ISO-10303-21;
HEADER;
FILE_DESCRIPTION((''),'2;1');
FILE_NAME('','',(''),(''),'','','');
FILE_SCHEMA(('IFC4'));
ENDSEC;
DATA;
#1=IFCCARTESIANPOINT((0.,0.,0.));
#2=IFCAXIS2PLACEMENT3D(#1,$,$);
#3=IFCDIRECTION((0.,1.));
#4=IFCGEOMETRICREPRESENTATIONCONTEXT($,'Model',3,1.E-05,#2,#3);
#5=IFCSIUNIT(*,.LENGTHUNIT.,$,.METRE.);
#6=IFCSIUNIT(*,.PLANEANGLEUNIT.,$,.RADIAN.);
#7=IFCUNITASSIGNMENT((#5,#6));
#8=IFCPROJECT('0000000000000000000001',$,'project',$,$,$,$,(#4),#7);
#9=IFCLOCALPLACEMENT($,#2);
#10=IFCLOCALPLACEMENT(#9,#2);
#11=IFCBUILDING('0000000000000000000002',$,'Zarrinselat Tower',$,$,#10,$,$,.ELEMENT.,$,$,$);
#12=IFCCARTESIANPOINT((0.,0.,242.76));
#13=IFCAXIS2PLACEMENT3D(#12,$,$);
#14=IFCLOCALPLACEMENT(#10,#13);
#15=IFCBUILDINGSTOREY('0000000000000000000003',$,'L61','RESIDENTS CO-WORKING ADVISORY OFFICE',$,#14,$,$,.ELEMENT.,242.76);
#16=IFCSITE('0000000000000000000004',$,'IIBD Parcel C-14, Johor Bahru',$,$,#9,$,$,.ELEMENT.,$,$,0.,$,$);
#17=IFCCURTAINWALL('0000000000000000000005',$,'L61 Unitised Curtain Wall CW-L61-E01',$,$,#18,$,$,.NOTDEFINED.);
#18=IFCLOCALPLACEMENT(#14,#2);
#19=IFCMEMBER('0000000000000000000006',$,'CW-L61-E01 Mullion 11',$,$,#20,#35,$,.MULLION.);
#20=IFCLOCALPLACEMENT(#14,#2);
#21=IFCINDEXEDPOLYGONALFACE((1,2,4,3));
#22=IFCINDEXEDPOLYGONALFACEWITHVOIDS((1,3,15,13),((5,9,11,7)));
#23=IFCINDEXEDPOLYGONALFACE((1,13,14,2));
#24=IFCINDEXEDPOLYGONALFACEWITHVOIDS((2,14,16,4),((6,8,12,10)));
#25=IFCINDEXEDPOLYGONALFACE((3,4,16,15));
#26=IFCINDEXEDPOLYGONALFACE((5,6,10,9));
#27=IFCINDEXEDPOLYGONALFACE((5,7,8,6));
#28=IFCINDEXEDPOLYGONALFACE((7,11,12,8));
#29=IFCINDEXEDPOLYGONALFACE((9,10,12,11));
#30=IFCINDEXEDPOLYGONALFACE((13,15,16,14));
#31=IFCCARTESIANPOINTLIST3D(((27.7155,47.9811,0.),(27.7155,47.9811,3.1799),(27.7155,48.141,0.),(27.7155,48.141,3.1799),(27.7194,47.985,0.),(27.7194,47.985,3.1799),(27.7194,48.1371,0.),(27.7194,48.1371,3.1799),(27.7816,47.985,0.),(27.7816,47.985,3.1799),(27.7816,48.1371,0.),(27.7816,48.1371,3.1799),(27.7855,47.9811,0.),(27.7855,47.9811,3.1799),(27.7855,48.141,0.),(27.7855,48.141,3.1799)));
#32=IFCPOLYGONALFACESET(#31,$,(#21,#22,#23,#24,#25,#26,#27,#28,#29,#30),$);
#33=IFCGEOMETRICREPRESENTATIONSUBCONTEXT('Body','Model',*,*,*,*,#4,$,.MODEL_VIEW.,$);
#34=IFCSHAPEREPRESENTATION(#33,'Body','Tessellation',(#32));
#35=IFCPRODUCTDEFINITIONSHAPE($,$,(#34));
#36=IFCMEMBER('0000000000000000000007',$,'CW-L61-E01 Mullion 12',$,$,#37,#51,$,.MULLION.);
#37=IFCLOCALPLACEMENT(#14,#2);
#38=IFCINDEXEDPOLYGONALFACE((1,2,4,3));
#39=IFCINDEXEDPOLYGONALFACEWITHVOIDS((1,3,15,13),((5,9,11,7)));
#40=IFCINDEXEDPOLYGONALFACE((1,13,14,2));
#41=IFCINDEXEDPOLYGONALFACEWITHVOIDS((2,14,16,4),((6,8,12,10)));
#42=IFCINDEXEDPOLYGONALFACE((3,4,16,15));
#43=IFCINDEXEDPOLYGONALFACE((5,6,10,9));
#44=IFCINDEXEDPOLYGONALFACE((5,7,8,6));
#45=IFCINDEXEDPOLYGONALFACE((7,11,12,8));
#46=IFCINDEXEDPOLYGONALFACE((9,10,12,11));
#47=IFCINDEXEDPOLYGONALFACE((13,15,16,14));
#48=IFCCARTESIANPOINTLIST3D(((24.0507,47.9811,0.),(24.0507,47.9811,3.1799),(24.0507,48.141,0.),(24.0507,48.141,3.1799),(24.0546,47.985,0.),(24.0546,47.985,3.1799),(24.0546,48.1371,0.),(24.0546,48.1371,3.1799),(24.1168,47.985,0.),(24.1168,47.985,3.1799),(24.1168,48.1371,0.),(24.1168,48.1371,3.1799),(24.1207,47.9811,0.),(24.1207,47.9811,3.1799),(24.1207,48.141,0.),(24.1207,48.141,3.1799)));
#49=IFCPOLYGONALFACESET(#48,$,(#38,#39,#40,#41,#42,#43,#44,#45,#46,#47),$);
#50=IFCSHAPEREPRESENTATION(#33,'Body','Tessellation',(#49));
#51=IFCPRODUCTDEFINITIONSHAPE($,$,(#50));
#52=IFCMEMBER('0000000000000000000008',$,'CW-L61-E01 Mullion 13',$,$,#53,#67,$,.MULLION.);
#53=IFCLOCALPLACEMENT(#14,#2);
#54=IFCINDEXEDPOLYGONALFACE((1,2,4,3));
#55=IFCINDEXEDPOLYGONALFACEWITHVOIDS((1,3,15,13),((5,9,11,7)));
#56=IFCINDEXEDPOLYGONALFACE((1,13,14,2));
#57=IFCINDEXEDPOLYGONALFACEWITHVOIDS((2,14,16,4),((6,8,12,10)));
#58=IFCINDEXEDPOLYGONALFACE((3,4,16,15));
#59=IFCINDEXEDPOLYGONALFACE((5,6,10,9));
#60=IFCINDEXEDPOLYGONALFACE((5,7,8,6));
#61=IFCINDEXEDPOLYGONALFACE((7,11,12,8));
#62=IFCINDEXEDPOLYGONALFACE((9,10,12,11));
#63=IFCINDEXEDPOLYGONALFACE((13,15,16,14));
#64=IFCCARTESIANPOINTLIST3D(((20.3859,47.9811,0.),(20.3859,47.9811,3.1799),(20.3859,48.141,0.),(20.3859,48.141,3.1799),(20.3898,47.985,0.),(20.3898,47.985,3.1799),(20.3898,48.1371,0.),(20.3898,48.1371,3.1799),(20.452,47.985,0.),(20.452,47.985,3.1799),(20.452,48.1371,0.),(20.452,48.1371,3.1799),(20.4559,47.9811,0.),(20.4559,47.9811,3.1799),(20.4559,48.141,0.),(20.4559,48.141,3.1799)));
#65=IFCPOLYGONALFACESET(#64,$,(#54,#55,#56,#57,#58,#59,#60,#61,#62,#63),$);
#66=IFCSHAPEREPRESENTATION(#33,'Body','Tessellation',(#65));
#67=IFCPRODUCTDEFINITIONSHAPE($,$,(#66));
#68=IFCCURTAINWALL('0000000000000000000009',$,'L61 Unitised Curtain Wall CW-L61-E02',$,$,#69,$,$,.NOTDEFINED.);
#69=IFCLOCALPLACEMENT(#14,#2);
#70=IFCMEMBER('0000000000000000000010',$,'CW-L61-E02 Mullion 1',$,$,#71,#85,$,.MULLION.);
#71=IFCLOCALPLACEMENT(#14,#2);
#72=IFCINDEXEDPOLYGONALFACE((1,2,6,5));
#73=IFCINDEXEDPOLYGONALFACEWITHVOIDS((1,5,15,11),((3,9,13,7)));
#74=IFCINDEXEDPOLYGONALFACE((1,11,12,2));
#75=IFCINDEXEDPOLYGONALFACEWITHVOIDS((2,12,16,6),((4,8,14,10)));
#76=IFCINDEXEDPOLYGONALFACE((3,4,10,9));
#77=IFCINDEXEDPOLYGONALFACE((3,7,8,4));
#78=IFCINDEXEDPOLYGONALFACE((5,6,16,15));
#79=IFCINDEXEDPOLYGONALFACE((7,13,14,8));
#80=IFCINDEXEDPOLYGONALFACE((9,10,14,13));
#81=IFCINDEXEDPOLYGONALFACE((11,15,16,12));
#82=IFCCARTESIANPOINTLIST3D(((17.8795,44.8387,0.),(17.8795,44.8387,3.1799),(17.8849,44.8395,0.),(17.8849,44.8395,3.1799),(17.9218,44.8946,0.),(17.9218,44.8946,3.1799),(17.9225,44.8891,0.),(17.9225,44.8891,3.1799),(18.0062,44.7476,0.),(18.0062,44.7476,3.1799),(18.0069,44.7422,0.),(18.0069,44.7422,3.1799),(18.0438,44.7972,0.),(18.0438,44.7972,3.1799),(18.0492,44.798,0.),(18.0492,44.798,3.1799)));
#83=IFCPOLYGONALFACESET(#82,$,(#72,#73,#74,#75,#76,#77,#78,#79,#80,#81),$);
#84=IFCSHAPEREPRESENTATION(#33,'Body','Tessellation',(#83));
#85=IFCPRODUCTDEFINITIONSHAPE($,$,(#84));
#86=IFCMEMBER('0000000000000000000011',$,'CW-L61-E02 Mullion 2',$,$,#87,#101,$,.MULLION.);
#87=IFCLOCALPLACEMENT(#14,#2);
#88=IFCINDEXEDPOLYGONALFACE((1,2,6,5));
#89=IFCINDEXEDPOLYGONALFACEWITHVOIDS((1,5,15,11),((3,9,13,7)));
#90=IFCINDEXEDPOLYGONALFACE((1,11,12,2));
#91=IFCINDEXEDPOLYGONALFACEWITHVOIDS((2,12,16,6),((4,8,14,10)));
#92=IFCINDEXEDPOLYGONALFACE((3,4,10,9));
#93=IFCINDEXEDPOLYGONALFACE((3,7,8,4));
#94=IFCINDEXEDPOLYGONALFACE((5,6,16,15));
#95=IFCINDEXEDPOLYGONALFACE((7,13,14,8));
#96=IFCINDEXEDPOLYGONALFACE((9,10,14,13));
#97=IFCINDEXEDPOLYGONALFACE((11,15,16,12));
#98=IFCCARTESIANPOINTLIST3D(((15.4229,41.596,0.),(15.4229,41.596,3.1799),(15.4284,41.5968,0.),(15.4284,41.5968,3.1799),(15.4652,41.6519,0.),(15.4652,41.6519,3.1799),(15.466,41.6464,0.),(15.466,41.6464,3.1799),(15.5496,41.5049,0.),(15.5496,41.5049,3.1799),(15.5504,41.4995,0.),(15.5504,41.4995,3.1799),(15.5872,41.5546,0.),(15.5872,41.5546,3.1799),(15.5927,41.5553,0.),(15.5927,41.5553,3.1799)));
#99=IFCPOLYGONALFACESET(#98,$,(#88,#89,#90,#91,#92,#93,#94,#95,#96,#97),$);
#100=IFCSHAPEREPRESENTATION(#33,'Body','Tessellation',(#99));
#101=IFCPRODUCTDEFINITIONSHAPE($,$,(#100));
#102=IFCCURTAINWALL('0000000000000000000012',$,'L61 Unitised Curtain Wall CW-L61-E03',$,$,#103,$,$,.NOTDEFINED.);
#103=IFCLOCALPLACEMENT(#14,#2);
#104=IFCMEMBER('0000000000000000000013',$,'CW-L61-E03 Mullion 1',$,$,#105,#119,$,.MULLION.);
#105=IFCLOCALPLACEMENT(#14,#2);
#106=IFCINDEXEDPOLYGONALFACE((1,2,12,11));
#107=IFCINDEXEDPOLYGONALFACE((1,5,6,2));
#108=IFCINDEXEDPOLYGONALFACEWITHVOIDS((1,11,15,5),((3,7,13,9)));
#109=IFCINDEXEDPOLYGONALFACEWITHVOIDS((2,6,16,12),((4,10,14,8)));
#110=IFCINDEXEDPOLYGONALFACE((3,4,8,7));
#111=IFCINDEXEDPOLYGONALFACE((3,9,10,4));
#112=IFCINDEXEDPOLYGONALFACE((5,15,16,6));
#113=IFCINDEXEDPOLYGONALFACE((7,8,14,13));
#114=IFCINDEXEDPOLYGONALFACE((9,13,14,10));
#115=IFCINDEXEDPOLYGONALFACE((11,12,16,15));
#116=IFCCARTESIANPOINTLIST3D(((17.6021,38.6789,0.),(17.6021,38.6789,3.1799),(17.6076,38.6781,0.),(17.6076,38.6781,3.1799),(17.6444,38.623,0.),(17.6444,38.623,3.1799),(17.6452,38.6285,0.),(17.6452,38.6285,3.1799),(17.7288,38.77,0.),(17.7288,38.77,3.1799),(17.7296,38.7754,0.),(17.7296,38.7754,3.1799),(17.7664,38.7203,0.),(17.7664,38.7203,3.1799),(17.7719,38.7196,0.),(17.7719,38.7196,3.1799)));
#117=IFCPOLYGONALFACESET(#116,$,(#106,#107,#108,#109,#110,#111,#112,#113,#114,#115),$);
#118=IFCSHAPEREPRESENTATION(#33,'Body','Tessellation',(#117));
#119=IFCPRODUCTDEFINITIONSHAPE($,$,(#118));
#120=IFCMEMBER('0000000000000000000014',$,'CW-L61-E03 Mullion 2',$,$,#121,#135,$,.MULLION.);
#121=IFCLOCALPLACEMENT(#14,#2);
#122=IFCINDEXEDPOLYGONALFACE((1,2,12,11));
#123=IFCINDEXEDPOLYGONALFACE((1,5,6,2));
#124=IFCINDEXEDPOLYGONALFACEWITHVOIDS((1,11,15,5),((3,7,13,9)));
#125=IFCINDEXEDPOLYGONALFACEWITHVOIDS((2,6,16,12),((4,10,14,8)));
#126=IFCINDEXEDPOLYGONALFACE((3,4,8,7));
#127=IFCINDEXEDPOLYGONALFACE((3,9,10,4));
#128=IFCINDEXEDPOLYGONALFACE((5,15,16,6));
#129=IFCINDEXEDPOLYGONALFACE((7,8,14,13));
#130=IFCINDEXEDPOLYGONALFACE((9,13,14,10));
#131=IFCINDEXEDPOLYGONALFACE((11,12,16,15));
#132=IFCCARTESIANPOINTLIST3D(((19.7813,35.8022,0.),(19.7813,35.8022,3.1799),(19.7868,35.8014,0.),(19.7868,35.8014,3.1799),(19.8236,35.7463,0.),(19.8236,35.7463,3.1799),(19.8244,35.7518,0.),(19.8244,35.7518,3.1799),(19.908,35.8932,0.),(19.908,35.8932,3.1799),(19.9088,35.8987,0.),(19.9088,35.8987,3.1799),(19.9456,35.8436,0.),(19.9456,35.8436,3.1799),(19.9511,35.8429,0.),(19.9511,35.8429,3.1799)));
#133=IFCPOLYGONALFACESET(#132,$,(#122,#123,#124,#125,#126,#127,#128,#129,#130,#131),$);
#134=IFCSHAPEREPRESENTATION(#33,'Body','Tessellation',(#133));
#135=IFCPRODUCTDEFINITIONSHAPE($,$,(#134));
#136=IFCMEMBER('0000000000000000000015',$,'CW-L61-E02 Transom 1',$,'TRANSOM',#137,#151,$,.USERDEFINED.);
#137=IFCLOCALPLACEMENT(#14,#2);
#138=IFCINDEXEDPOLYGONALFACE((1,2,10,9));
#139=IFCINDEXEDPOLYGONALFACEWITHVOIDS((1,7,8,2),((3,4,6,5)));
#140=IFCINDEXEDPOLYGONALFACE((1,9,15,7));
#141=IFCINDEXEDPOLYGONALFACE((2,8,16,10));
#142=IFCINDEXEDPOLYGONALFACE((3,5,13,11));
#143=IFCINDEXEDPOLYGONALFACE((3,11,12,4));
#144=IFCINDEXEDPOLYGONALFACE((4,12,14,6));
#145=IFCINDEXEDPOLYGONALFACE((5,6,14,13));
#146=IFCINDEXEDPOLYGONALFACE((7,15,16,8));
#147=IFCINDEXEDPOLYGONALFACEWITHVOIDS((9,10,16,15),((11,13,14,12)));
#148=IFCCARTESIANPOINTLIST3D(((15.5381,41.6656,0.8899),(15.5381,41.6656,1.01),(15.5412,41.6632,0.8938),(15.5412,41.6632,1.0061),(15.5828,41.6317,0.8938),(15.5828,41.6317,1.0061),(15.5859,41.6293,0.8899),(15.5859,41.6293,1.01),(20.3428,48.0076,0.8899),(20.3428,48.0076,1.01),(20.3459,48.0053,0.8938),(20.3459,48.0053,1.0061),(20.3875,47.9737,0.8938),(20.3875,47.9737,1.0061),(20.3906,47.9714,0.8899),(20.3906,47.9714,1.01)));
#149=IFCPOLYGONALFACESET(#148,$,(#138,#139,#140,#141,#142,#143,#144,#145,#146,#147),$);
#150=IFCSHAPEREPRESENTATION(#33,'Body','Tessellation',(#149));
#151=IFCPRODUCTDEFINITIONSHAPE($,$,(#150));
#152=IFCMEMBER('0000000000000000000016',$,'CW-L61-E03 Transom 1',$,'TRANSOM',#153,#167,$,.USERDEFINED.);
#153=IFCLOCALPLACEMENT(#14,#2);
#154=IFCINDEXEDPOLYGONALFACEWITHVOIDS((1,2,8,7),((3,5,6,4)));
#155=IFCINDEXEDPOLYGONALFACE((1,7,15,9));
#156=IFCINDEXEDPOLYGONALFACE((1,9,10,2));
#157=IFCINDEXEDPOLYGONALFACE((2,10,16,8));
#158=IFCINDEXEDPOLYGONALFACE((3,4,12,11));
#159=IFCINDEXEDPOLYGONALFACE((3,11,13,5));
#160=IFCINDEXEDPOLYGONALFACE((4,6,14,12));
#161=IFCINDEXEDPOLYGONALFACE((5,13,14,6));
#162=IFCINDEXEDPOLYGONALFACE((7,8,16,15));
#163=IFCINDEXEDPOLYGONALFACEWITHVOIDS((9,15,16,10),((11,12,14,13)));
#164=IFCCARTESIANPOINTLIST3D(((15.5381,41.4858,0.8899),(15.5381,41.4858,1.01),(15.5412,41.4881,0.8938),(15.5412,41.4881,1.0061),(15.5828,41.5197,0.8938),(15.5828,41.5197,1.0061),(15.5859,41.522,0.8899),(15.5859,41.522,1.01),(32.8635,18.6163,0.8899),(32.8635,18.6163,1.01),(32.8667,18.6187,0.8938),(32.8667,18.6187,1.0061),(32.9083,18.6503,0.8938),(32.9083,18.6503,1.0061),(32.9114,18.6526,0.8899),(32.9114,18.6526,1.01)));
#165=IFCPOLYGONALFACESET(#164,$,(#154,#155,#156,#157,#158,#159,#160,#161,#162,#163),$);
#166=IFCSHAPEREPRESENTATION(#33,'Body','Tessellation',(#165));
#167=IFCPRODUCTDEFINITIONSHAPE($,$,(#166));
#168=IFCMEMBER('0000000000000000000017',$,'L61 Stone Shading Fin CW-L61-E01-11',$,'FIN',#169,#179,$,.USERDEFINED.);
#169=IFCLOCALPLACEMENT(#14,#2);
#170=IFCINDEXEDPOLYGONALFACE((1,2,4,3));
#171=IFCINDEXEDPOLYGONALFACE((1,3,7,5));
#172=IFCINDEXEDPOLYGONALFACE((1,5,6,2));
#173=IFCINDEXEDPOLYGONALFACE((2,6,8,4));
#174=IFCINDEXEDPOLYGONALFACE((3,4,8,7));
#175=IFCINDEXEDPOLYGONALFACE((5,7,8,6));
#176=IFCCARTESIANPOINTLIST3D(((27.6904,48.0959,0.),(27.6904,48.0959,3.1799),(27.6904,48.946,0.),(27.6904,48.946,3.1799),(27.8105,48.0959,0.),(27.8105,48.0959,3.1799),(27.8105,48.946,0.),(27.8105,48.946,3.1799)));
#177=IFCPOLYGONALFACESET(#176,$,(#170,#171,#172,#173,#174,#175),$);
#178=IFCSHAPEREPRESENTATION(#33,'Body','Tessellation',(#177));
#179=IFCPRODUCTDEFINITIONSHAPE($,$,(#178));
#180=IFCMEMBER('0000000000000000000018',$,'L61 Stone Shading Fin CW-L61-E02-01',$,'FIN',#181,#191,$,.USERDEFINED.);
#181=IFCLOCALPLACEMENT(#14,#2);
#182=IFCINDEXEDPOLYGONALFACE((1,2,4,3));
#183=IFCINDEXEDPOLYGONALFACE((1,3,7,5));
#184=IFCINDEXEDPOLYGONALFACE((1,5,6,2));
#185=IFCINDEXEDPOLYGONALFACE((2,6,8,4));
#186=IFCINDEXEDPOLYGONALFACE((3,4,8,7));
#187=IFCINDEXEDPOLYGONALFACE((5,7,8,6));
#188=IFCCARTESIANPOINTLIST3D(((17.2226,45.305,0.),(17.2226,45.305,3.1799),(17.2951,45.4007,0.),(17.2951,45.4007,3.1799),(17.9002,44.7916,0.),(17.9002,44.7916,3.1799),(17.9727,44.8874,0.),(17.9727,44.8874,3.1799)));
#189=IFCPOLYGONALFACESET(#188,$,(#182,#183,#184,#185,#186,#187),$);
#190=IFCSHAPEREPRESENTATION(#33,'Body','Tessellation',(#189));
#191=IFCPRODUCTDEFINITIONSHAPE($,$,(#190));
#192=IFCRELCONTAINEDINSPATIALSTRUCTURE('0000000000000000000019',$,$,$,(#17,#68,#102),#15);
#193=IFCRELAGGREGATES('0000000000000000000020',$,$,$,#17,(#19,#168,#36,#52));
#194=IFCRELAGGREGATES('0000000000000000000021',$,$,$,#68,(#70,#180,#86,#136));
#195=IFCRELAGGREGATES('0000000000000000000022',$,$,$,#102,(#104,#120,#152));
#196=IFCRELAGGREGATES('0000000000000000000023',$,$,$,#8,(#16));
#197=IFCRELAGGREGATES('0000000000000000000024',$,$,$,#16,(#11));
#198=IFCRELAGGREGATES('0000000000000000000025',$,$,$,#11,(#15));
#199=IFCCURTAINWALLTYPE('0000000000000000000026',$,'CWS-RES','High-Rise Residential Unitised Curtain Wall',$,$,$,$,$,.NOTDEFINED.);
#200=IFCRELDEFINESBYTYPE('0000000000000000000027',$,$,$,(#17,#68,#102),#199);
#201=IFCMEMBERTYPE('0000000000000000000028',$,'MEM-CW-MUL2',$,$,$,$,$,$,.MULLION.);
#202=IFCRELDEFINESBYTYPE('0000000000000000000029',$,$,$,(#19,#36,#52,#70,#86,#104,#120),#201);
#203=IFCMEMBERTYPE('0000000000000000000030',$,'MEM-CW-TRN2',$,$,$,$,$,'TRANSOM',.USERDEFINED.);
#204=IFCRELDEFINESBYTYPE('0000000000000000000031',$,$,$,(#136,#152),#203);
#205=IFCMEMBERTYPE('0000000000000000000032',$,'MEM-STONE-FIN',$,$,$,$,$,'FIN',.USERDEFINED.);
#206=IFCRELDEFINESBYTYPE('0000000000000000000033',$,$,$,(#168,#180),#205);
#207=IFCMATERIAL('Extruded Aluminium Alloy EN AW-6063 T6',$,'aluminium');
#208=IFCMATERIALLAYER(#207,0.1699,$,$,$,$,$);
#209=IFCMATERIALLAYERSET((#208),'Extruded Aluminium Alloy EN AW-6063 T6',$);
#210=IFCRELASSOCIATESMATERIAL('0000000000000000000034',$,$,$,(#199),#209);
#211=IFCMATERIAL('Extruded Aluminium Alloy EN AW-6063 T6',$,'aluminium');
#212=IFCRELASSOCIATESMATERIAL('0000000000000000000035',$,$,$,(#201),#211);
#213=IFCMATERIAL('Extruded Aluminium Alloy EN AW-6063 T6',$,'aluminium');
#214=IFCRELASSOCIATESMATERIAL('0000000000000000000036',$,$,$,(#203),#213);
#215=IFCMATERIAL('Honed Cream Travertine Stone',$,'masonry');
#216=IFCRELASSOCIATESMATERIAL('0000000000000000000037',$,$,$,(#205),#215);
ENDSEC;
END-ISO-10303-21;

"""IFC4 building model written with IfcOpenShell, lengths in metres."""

from ifc_helpers import new_model, si_unit, direction, frame, origin, origin_2d, place, context, subcontext, project, spatial, rectangle, hollow_rectangle, extrude, material, layer, layer_set, material_profile, profile_set, type_object, element, aggregate, save


model = new_model("IFC4")

# Units and contexts
model_context = context("Model", 3, precision=1e-05, world=origin(), true_north=direction((0.0, 1.0)))
body_context = subcontext(model_context, "Body", "Model", "MODEL_VIEW")
ifc_project = project(units=[si_unit("LENGTHUNIT", "METRE"), si_unit("PLANEANGLEUNIT", "RADIAN")], contexts=[model_context])

# Site, building, storey
site_placement = place(None, origin())
site = spatial("IfcSite", under=ifc_project, at=site_placement, Name="IIBD Parcel C-14, Johor Bahru", CompositionType="ELEMENT", RefElevation=0.0)
building_placement = place(site_placement, origin())
building = spatial("IfcBuilding", under=site, at=building_placement, Name="Zarrinselat Tower", CompositionType="ELEMENT")
storey_placement = place(building_placement, frame((0.0, 0.0, 242.76)))
storey = spatial("IfcBuildingStorey", under=building, at=storey_placement, Name="L61", Description="RESIDENTS CO-WORKING ADVISORY OFFICE", CompositionType="ELEMENT", Elevation=242.76)

# Curtain walls, members
ifc_material_1 = material(Name="Extruded Aluminium Alloy EN AW-6063 T6", Category="aluminium")
ifc_layer_1 = layer(ifc_material_1, 0.1699)
ifc_layer_set_1 = layer_set([ifc_layer_1], Name="Extruded Aluminium Alloy EN AW-6063 T6")
curtain_wall_type = type_object("IfcCurtainWallType", Name="CWS-RES", Description="High-Rise Residential Unitised Curtain Wall", PredefinedType="NOTDEFINED", material=ifc_layer_set_1)
curtain_wall_1_placement = place(storey_placement, origin())
curtain_wall_1 = element("IfcCurtainWall", 1, at=curtain_wall_1_placement, inside=storey, type_object=curtain_wall_type, Name="L61 Unitised Curtain Wall CW-L61-E01", PredefinedType="NOTDEFINED")
ifc_material_2 = material(Name="Extruded Aluminium Alloy EN AW-6063 T6", Category="aluminium")
ifc_material_profile_1 = material_profile(ifc_material_2, hollow_rectangle(XDim=0.0701, YDim=0.1599, WallThickness=0.0039, at=origin_2d()), Name="RHS 160x70x4")
ifc_profile_set_1 = profile_set([ifc_material_profile_1], Name="Extruded Aluminium Alloy EN AW-6063 T6")
member_type_1 = type_object("IfcMemberType", Name="MEM-CW-MUL2", PredefinedType="MULLION", material=ifc_profile_set_1)
member_1_placement = place(storey_placement, frame((27.7505, 48.061, 0.0), z_axis=(0.0, 0.0, 1.0), x_axis=(-1.0, 0.0, 0.0)))
member_1 = element("IfcMember", 2, at=member_1_placement, type_object=member_type_1, Name="CW-L61-E01 Mullion 11", PredefinedType="MULLION", context=body_context, shape_type="SweptSolid", body=[
    extrude(hollow_rectangle(XDim=0.0701, YDim=0.1599, WallThickness=0.0039, at=origin_2d()), origin(), (0.0, 0.0, 1.0), 3.1799),
])
member_2_placement = place(storey_placement, frame((24.0857, 48.061, 0.0), z_axis=(0.0, 0.0, 1.0), x_axis=(-1.0, 0.0, 0.0)))
member_2 = element("IfcMember", 3, at=member_2_placement, type_object=member_type_1, Name="CW-L61-E01 Mullion 12", PredefinedType="MULLION", context=body_context, shape_type="SweptSolid", body=[
    extrude(hollow_rectangle(XDim=0.0701, YDim=0.1599, WallThickness=0.0039, at=origin_2d()), origin(), (0.0, 0.0, 1.0), 3.1799),
])
member_3_placement = place(storey_placement, frame((20.4209, 48.061, 0.0), z_axis=(0.0, 0.0, 1.0), x_axis=(-1.0, 0.0, 0.0)))
member_3 = element("IfcMember", 4, at=member_3_placement, type_object=member_type_1, Name="CW-L61-E01 Mullion 13", PredefinedType="MULLION", context=body_context, shape_type="SweptSolid", body=[
    extrude(hollow_rectangle(XDim=0.0701, YDim=0.1599, WallThickness=0.0039, at=origin_2d()), origin(), (0.0, 0.0, 1.0), 3.1799),
])
curtain_wall_2_placement = place(storey_placement, origin())
curtain_wall_2 = element("IfcCurtainWall", 5, at=curtain_wall_2_placement, inside=storey, type_object=curtain_wall_type, Name="L61 Unitised Curtain Wall CW-L61-E02", PredefinedType="NOTDEFINED")
member_4_placement = place(storey_placement, frame((17.9644, 44.8184, 0.0), z_axis=(0.0, 0.0, 1.0), x_axis=(-0.603859, -0.797091, 0.0)))
member_4 = element("IfcMember", 6, at=member_4_placement, type_object=member_type_1, Name="CW-L61-E02 Mullion 1", PredefinedType="MULLION", context=body_context, shape_type="SweptSolid", body=[
    extrude(hollow_rectangle(XDim=0.0701, YDim=0.1599, WallThickness=0.0039, at=origin_2d()), origin(), (0.0, 0.0, 1.0), 3.1799),
])
member_5_placement = place(storey_placement, frame((15.5078, 41.5757, 0.0), z_axis=(0.0, 0.0, 1.0), x_axis=(-0.603859, -0.797091, 0.0)))
member_5 = element("IfcMember", 7, at=member_5_placement, type_object=member_type_1, Name="CW-L61-E02 Mullion 2", PredefinedType="MULLION", context=body_context, shape_type="SweptSolid", body=[
    extrude(hollow_rectangle(XDim=0.0701, YDim=0.1599, WallThickness=0.0039, at=origin_2d()), origin(), (0.0, 0.0, 1.0), 3.1799),
])
curtain_wall_3_placement = place(storey_placement, origin())
curtain_wall_3 = element("IfcCurtainWall", 8, at=curtain_wall_3_placement, inside=storey, type_object=curtain_wall_type, Name="L61 Unitised Curtain Wall CW-L61-E03", PredefinedType="NOTDEFINED")
member_6_placement = place(storey_placement, frame((17.687, 38.6992, 0.0), z_axis=(0.0, 0.0, 1.0), x_axis=(0.603858, -0.797092, 0.0)))
member_6 = element("IfcMember", 9, at=member_6_placement, type_object=member_type_1, Name="CW-L61-E03 Mullion 1", PredefinedType="MULLION", context=body_context, shape_type="SweptSolid", body=[
    extrude(hollow_rectangle(XDim=0.0701, YDim=0.1599, WallThickness=0.0039, at=origin_2d()), origin(), (0.0, 0.0, 1.0), 3.1799),
])
member_7_placement = place(storey_placement, frame((19.8662, 35.8225, 0.0), z_axis=(0.0, 0.0, 1.0), x_axis=(0.603858, -0.797092, 0.0)))
member_7 = element("IfcMember", 10, at=member_7_placement, type_object=member_type_1, Name="CW-L61-E03 Mullion 2", PredefinedType="MULLION", context=body_context, shape_type="SweptSolid", body=[
    extrude(hollow_rectangle(XDim=0.0701, YDim=0.1599, WallThickness=0.0039, at=origin_2d()), origin(), (0.0, 0.0, 1.0), 3.1799),
])

# Members
ifc_material_3 = material(Name="Extruded Aluminium Alloy EN AW-6063 T6", Category="aluminium")
ifc_material_profile_2 = material_profile(ifc_material_3, hollow_rectangle(XDim=0.0601, YDim=0.1201, WallThickness=0.0039, at=origin_2d()), Name="RHS 120x60x4")
ifc_profile_set_2 = profile_set([ifc_material_profile_2], Name="Extruded Aluminium Alloy EN AW-6063 T6")
member_type_2 = type_object("IfcMemberType", Name="MEM-CW-TRN2", ElementType="TRANSOM", PredefinedType="USERDEFINED", material=ifc_profile_set_2)
member_8_placement = place(storey_placement, frame((20.3667, 47.9895, 0.95), z_axis=(-0.603867, -0.797085, 0.0), x_axis=(0.797085, -0.603867, 0.0)))
member_8 = element("IfcMember", 11, at=member_8_placement, type_object=member_type_2, Name="CW-L61-E02 Transom 1", ObjectType="TRANSOM", PredefinedType="USERDEFINED", context=body_context, shape_type="SweptSolid", body=[
    extrude(hollow_rectangle(XDim=0.0601, YDim=0.1201, WallThickness=0.0039, at=origin_2d()), origin(), (0.0, 0.0, 1.0), 7.9565),
])
member_9_placement = place(storey_placement, frame((15.562, 41.5039, 0.95), z_axis=(0.603861, -0.79709, 0.0), x_axis=(0.79709, 0.603861, 0.0)))
member_9 = element("IfcMember", 12, at=member_9_placement, type_object=member_type_2, Name="CW-L61-E03 Transom 1", ObjectType="TRANSOM", PredefinedType="USERDEFINED", context=body_context, shape_type="SweptSolid", body=[
    extrude(hollow_rectangle(XDim=0.0601, YDim=0.1201, WallThickness=0.0039, at=origin_2d()), origin(), (0.0, 0.0, 1.0), 28.6912),
])
ifc_material_4 = material(Name="Honed Cream Travertine Stone", Category="masonry")
ifc_material_profile_3 = material_profile(ifc_material_4, rectangle(XDim=0.1201, YDim=0.8501, at=origin_2d()), Name="FIN 850x120")
ifc_profile_set_3 = profile_set([ifc_material_profile_3], Name="Honed Cream Travertine Stone")
member_type_3 = type_object("IfcMemberType", Name="MEM-STONE-FIN", ElementType="FIN", PredefinedType="USERDEFINED", material=ifc_profile_set_3)
member_10_placement = place(storey_placement, frame((27.7505, 48.521, 0.0), z_axis=(0.0, 0.0, 1.0), x_axis=(1.0, 0.0, 0.0)))
member_10 = element("IfcMember", 13, at=member_10_placement, type_object=member_type_3, Name="L61 Stone Shading Fin CW-L61-E01-11", ObjectType="FIN", PredefinedType="USERDEFINED", context=body_context, shape_type="SweptSolid", body=[
    extrude(rectangle(XDim=0.1201, YDim=0.8501, at=origin_2d()), origin(), (0.0, 0.0, 1.0), 3.1799),
])
member_11_placement = place(storey_placement, frame((17.5977, 45.0962, 0.0), z_axis=(0.0, 0.0, 1.0), x_axis=(0.603859, 0.797091, 0.0)))
member_11 = element("IfcMember", 14, at=member_11_placement, type_object=member_type_3, Name="L61 Stone Shading Fin CW-L61-E02-01", ObjectType="FIN", PredefinedType="USERDEFINED", context=body_context, shape_type="SweptSolid", body=[
    extrude(rectangle(XDim=0.1201, YDim=0.8501, at=origin_2d()), origin(), (0.0, 0.0, 1.0), 3.1799),
])

aggregate(curtain_wall_1, [member_1, member_10, member_2, member_3])
aggregate(curtain_wall_2, [member_4, member_11, member_5, member_8])
aggregate(curtain_wall_3, [member_6, member_7, member_9])

save(model, "model.ifc")
